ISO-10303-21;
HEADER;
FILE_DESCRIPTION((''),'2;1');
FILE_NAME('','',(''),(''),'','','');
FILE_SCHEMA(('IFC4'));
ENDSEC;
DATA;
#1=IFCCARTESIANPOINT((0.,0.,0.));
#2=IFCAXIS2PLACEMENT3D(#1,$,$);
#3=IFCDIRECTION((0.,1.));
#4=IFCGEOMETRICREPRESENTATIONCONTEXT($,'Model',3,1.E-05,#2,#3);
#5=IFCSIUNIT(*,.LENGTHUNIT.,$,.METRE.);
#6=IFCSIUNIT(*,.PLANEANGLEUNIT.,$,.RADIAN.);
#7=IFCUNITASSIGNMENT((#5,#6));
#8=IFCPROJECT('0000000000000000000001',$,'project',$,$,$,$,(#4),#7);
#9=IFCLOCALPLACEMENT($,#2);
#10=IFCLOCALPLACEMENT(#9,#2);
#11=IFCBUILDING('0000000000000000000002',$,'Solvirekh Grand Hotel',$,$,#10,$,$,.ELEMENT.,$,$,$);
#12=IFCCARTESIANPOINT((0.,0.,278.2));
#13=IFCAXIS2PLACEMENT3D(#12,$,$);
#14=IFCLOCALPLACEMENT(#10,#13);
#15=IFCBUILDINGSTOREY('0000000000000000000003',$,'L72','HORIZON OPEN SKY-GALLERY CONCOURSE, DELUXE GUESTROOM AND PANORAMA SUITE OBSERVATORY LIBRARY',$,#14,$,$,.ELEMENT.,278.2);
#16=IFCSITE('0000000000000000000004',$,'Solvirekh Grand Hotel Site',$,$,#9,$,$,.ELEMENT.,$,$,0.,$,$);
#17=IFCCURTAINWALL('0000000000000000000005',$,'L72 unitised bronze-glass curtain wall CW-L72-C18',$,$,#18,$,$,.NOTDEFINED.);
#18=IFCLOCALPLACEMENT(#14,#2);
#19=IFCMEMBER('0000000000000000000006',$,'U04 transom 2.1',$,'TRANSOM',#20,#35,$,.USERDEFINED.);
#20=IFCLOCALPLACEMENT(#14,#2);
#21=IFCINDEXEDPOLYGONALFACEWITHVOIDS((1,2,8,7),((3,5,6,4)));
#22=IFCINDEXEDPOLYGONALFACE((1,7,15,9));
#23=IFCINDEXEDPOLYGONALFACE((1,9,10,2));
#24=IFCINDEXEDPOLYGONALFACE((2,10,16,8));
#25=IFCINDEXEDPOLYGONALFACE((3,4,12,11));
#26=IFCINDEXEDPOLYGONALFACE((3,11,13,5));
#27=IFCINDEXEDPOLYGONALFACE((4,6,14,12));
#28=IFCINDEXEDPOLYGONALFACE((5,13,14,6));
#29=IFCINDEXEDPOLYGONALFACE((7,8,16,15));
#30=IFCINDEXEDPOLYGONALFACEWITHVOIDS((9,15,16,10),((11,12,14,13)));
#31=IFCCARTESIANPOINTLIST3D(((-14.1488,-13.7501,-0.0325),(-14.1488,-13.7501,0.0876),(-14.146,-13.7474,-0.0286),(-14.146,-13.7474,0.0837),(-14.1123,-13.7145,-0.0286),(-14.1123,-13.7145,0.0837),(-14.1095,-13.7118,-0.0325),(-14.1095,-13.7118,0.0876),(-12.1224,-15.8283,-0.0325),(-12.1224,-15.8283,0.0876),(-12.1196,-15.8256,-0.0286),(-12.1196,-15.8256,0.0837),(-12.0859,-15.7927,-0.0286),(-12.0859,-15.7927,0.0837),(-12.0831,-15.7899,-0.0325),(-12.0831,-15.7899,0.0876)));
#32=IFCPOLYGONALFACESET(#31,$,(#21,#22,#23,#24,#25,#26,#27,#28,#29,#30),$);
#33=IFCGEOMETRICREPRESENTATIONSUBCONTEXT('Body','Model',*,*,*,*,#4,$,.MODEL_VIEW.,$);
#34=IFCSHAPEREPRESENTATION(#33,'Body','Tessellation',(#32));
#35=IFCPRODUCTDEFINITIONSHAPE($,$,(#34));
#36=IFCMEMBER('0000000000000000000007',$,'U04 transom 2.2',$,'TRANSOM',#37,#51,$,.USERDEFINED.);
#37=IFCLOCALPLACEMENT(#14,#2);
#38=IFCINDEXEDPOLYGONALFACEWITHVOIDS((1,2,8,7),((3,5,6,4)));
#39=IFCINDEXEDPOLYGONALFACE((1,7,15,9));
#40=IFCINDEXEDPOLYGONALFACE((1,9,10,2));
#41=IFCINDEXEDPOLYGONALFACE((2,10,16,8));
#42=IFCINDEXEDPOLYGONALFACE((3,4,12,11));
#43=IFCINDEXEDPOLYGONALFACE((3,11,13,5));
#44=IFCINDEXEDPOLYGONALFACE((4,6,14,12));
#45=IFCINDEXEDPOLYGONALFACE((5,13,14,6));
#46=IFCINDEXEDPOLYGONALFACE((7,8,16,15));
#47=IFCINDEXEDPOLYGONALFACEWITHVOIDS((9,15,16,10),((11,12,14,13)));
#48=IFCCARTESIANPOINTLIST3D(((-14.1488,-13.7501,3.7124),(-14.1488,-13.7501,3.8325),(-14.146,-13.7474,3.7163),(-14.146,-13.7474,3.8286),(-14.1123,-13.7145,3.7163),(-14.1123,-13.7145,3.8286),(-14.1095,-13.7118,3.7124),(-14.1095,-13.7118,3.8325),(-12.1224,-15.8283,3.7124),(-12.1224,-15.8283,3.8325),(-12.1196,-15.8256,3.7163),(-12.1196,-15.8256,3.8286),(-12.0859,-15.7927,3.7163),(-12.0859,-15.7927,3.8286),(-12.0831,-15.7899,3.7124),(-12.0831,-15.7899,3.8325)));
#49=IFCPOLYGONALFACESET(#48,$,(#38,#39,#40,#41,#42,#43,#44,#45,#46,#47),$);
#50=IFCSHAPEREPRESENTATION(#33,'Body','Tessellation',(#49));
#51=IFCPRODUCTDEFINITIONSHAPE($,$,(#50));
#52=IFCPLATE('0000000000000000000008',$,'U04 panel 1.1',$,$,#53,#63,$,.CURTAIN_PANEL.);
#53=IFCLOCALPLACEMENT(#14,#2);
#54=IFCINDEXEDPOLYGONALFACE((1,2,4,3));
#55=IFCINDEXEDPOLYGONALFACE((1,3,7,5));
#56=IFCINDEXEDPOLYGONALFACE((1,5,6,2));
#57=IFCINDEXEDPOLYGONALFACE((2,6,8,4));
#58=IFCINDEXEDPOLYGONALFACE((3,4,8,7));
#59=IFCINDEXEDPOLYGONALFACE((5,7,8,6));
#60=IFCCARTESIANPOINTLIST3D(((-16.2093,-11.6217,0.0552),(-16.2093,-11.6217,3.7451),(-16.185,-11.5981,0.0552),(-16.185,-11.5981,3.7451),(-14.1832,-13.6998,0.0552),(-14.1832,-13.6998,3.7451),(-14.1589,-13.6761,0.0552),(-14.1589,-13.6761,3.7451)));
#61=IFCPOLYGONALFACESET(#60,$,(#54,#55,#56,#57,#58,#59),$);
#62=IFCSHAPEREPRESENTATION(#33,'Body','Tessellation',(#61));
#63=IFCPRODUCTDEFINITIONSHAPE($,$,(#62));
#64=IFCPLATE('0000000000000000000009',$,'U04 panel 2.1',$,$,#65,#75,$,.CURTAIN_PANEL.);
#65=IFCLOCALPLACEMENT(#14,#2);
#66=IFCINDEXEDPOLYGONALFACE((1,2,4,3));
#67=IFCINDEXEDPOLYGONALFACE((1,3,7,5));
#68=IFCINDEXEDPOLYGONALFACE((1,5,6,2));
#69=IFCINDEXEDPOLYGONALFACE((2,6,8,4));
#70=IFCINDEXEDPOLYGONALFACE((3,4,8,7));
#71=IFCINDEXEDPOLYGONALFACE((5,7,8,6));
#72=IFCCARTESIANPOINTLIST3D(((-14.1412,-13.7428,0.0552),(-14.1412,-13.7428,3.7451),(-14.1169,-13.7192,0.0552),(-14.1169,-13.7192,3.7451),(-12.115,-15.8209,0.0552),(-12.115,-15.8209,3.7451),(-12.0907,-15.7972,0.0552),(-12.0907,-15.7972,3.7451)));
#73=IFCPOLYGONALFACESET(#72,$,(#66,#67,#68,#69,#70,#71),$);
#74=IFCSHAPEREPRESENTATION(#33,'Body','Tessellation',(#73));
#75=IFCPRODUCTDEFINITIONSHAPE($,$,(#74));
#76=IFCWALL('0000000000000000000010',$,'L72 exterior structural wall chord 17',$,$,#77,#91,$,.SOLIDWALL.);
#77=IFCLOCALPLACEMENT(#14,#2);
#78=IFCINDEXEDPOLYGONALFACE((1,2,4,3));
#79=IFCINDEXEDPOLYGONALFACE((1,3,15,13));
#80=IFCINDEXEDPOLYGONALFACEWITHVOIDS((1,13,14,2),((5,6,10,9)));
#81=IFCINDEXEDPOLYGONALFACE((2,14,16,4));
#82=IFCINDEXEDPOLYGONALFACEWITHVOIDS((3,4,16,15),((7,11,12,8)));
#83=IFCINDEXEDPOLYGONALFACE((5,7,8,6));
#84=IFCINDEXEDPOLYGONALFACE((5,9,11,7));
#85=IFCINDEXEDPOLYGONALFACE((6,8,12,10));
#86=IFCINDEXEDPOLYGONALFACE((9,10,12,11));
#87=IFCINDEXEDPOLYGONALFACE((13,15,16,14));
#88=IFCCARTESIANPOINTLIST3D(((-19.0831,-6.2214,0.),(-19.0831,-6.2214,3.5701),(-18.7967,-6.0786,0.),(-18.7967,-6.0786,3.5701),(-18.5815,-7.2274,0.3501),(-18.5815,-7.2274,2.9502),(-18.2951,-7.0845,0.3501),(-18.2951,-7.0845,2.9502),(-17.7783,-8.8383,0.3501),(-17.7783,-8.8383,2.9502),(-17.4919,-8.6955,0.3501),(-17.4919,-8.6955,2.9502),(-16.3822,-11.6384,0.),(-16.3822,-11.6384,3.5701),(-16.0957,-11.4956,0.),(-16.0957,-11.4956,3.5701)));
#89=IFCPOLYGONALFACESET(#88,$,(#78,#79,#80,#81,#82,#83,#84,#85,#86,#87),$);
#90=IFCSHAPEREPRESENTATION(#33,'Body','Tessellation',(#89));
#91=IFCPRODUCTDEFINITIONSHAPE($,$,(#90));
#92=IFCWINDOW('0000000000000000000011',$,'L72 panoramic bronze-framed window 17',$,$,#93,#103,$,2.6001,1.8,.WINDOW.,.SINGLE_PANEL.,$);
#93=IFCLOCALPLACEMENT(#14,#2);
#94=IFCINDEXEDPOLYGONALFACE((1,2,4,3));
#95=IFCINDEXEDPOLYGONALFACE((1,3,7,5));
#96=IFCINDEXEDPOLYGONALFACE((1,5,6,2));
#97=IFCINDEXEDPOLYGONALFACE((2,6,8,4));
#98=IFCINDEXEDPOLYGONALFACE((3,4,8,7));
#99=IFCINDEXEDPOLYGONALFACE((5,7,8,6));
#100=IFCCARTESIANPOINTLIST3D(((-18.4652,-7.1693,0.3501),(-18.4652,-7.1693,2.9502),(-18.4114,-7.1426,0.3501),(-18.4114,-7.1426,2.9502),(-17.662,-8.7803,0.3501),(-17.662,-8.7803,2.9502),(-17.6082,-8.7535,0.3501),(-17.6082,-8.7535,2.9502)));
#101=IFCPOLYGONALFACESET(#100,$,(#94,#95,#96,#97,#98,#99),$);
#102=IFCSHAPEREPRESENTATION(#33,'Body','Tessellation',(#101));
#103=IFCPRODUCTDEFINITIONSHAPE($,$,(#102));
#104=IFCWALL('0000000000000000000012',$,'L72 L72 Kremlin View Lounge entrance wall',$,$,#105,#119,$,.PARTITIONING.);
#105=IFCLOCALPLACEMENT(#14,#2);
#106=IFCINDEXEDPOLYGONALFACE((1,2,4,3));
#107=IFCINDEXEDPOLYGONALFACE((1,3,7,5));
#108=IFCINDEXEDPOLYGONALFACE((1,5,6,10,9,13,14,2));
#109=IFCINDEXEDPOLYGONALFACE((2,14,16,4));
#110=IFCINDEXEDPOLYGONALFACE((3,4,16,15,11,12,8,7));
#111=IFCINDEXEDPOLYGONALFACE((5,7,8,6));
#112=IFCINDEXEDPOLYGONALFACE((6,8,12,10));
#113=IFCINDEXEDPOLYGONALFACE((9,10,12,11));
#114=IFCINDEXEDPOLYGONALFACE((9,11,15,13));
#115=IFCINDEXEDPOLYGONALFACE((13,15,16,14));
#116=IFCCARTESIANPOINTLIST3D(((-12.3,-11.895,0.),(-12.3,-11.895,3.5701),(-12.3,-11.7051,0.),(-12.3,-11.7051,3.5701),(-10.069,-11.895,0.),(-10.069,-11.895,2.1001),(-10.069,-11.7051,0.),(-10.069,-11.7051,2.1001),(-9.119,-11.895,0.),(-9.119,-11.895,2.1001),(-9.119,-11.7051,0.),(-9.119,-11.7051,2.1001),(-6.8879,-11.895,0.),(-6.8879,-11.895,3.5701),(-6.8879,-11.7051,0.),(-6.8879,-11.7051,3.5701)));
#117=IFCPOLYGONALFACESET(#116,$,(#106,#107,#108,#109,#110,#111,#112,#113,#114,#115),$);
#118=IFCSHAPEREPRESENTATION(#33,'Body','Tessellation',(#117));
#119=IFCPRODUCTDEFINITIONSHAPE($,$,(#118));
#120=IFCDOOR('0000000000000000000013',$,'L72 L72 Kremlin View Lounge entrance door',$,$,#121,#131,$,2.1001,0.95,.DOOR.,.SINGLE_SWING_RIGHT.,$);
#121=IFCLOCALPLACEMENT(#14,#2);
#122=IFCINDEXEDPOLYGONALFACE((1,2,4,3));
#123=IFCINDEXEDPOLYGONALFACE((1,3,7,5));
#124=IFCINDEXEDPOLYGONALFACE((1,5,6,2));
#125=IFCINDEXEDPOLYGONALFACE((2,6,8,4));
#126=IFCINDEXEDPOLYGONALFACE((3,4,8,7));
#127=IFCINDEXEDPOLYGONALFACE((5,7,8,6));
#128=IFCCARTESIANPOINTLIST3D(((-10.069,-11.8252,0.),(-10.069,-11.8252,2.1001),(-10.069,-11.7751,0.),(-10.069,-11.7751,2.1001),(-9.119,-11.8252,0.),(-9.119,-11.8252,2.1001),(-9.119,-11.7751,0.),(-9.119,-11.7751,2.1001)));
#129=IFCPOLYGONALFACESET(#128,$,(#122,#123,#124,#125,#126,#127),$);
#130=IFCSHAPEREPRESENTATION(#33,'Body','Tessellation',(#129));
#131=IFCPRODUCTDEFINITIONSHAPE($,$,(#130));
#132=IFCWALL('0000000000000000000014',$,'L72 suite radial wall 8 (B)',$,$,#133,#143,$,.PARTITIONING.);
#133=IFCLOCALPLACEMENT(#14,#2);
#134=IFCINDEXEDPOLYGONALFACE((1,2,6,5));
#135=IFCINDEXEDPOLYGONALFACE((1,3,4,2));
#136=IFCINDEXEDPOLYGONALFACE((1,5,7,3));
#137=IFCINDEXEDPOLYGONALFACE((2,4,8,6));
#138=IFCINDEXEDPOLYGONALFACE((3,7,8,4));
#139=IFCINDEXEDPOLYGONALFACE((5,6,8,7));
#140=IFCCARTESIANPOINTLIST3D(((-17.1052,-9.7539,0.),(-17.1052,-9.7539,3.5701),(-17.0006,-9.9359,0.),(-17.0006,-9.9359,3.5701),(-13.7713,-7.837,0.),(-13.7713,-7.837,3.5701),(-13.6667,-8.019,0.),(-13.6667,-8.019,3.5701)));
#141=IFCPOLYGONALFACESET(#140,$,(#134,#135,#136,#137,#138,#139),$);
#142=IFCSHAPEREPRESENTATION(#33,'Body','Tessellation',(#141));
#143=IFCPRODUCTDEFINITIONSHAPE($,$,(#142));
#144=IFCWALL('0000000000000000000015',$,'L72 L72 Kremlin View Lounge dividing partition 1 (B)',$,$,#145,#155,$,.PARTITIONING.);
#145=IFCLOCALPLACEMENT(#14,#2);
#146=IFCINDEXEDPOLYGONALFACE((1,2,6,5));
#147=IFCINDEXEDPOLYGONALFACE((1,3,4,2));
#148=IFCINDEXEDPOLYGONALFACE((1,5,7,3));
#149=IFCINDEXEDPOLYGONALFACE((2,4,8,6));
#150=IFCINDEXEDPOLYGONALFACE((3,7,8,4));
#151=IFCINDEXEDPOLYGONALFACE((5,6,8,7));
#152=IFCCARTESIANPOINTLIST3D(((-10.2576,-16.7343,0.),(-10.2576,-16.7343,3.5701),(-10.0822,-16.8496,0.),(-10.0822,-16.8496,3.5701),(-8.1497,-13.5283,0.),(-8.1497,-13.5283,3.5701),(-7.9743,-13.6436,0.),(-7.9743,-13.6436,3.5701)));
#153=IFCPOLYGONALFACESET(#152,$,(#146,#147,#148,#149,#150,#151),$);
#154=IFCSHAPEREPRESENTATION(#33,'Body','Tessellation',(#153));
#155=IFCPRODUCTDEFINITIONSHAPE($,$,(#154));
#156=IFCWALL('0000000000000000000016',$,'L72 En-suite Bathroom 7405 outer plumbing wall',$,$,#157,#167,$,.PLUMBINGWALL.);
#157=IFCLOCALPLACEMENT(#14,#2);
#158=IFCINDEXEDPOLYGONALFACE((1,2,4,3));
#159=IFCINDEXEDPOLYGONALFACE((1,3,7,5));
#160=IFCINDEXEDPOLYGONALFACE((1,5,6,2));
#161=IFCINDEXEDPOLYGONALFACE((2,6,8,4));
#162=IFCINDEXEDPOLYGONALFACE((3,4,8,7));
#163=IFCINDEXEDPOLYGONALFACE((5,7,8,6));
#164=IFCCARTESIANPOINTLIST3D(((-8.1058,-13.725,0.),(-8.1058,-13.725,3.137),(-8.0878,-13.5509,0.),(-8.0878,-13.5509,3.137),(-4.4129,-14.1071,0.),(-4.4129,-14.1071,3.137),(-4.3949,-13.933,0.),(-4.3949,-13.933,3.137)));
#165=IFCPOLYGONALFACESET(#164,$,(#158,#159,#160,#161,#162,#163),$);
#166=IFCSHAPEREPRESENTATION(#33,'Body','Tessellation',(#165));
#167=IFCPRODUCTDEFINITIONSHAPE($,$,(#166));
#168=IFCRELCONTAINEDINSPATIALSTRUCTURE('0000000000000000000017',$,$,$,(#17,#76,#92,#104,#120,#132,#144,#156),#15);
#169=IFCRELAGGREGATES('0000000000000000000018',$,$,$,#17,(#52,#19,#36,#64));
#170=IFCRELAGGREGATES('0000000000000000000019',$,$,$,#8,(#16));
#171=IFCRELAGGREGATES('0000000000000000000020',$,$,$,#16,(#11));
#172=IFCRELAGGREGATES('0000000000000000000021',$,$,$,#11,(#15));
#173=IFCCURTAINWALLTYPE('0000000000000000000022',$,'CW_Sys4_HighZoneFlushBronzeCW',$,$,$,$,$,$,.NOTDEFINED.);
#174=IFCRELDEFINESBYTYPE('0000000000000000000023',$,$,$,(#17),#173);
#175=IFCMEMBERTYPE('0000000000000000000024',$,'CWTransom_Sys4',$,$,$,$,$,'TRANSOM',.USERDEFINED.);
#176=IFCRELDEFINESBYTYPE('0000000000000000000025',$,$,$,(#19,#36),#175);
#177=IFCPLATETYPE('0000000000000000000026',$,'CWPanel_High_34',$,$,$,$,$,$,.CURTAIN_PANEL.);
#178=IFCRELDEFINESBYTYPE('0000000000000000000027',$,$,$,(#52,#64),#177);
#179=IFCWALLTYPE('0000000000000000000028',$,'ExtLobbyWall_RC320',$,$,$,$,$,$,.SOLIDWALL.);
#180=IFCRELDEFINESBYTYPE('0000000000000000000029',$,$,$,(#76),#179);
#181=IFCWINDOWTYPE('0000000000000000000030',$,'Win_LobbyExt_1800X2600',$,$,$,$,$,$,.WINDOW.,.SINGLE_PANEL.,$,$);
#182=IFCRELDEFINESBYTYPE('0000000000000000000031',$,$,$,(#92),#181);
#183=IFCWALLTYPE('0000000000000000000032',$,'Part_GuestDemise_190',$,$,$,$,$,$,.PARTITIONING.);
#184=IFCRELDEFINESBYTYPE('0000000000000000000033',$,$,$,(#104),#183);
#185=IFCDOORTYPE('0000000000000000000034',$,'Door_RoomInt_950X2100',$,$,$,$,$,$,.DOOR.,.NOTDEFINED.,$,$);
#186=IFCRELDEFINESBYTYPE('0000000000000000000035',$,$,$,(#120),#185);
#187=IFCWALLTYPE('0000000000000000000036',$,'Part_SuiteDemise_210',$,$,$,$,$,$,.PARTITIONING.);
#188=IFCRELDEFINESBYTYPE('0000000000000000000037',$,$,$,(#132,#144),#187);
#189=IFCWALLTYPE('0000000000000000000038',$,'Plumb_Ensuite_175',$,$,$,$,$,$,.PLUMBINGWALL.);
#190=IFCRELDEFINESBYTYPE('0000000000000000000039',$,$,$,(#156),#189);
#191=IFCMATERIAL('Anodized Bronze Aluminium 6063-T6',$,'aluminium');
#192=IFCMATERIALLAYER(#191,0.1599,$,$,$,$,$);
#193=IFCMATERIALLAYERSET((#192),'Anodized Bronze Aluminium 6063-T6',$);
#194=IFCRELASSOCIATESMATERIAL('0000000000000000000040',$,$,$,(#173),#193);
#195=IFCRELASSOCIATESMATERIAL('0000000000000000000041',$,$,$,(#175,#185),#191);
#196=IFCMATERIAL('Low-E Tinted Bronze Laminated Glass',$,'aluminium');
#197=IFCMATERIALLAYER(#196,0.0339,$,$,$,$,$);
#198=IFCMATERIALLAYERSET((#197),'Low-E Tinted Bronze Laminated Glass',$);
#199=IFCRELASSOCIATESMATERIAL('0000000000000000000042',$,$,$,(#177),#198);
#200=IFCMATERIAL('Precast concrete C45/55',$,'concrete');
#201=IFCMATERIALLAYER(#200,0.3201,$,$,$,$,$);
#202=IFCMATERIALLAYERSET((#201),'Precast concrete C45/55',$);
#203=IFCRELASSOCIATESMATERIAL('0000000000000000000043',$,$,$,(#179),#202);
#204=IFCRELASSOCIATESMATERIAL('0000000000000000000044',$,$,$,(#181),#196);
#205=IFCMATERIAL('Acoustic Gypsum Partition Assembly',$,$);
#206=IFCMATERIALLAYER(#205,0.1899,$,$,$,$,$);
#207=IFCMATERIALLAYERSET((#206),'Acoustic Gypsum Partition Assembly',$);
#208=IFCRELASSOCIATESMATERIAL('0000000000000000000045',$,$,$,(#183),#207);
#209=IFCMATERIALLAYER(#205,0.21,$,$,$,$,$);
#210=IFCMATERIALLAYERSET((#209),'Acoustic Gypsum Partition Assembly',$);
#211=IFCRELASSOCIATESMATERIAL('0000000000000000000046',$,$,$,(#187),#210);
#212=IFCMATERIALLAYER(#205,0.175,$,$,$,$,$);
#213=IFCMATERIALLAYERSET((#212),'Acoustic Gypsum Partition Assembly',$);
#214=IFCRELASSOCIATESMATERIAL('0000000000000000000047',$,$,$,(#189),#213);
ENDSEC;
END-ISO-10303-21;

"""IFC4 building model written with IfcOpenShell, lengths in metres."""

from ifc_helpers import new_model, si_unit, direction, frame, frame_2d, origin, origin_2d, place, context, subcontext, project, spatial, rectangle, hollow_rectangle, extrude, source, transform, mapped, material, layer, layer_set, material_profile, profile_set, type_object, element, fill, aggregate, save


model = new_model("IFC4")

# Units and contexts
model_context = context("Model", 3, precision=1e-05, world=origin(), true_north=direction((0.0, 1.0)))
body_context = subcontext(model_context, "Body", "Model", "MODEL_VIEW")
ifc_project = project(units=[si_unit("LENGTHUNIT", "METRE"), si_unit("PLANEANGLEUNIT", "RADIAN")], contexts=[model_context])

# Site, building, storey
site_placement = place(None, origin())
site = spatial("IfcSite", under=ifc_project, at=site_placement, Name="Solvirekh Grand Hotel Site", CompositionType="ELEMENT", RefElevation=0.0)
building_placement = place(site_placement, origin())
building = spatial("IfcBuilding", under=site, at=building_placement, Name="Solvirekh Grand Hotel", CompositionType="ELEMENT")
storey_placement = place(building_placement, frame((0.0, 0.0, 278.2)))
storey = spatial("IfcBuildingStorey", under=building, at=storey_placement, Name="L72", Description="HORIZON OPEN SKY-GALLERY CONCOURSE, DELUXE GUESTROOM AND PANORAMA SUITE OBSERVATORY LIBRARY", CompositionType="ELEMENT", Elevation=278.2)

# Curtain wall, members, plates
ifc_material_1 = material(Name="Anodized Bronze Aluminium 6063-T6", Category="aluminium")
ifc_layer_1 = layer(ifc_material_1, 0.1599)
ifc_layer_set_1 = layer_set([ifc_layer_1], Name="Anodized Bronze Aluminium 6063-T6")
curtain_wall_type = type_object("IfcCurtainWallType", Name="CW_Sys4_HighZoneFlushBronzeCW", PredefinedType="NOTDEFINED", material=ifc_layer_set_1)
curtain_wall_placement = place(storey_placement, origin())
curtain_wall = element("IfcCurtainWall", 1, at=curtain_wall_placement, inside=storey, type_object=curtain_wall_type, Name="L72 unitised bronze-glass curtain wall CW-L72-C18", PredefinedType="NOTDEFINED")
ifc_material_profile_1 = material_profile(ifc_material_1, hollow_rectangle(XDim=0.0549, YDim=0.1201, WallThickness=0.0039, at=origin_2d()), Name="ALU RHS 120X55X4")
ifc_profile_set_1 = profile_set([ifc_material_profile_1], Name="Anodized Bronze Aluminium 6063-T6")
member_type_1 = type_object("IfcMemberType", Name="CWTransom_Sys4", ElementType="TRANSOM", PredefinedType="USERDEFINED", material=ifc_profile_set_1)
shared_shape_1 = source(origin(), body_context, "Body", "SweptSolid", [
    extrude(hollow_rectangle(XDim=0.0549, YDim=0.1201, WallThickness=0.0039, at=origin_2d()), origin(), (0.0, 0.0, 1.0), 2.9026),
])
member_1_placement = place(storey_placement, frame((-14.1292, -13.731, 0.0276), z_axis=(0.698135, -0.715967, 0.0), x_axis=(0.715967, 0.698135, 0.0)))
member_1 = element("IfcMember", 2, at=member_1_placement, type_object=member_type_1, Name="U04 transom 2.1", ObjectType="TRANSOM", PredefinedType="USERDEFINED", context=body_context, shape_type="MappedRepresentation", body=[
    mapped(shared_shape_1, transform((0.0, 0.0, 0.0), x_axis=(1.0, 0.0, 0.0), y_axis=(0.0, 1.0, 0.0), z_axis=(0.0, 0.0, 1.0), scale=1.0)),
])
member_2_placement = place(storey_placement, frame((-14.1292, -13.731, 3.7725), z_axis=(0.698135, -0.715967, 0.0), x_axis=(0.715967, 0.698135, 0.0)))
member_2 = element("IfcMember", 3, at=member_2_placement, type_object=member_type_1, Name="U04 transom 2.2", ObjectType="TRANSOM", PredefinedType="USERDEFINED", context=body_context, shape_type="MappedRepresentation", body=[
    mapped(shared_shape_1, transform((0.0, 0.0, 0.0), x_axis=(1.0, 0.0, 0.0), y_axis=(0.0, 1.0, 0.0), z_axis=(0.0, 0.0, 1.0), scale=1.0)),
])
ifc_material_2 = material(Name="Low-E Tinted Bronze Laminated Glass", Category="aluminium")
ifc_layer_2 = layer(ifc_material_2, 0.0339)
ifc_layer_set_2 = layer_set([ifc_layer_2], Name="Low-E Tinted Bronze Laminated Glass")
plate_type = type_object("IfcPlateType", Name="CWPanel_High_34", PredefinedType="CURTAIN_PANEL", material=ifc_layer_set_2)
shared_shape_2 = source(origin(), body_context, "Body", "SweptSolid", [
    extrude(rectangle(XDim=2.9023, YDim=0.0339, at=origin_2d()), origin(), (0.0, 0.0, 1.0), 3.6899),
])
plate_1_placement = place(storey_placement, frame((-15.1841, -12.6489, 0.0552), z_axis=(0.0, 0.0, 1.0), x_axis=(0.698111, -0.71599, 0.0)))
plate_1 = element("IfcPlate", 4, at=plate_1_placement, type_object=plate_type, Name="U04 panel 1.1", PredefinedType="CURTAIN_PANEL", context=body_context, shape_type="MappedRepresentation", body=[
    mapped(shared_shape_2, transform((0.0, 0.0, 0.0), x_axis=(1.0, 0.0, 0.0), y_axis=(0.0, 1.0, 0.0), z_axis=(0.0, 0.0, 1.0), scale=1.0)),
])
plate_2_placement = place(storey_placement, frame((-13.116, -14.77, 0.0552), z_axis=(0.0, 0.0, 1.0), x_axis=(0.698111, -0.71599, 0.0)))
plate_2 = element("IfcPlate", 5, at=plate_2_placement, type_object=plate_type, Name="U04 panel 2.1", PredefinedType="CURTAIN_PANEL", context=body_context, shape_type="MappedRepresentation", body=[
    mapped(shared_shape_2, transform((0.0, 0.0, 0.0), x_axis=(1.0, 0.0, 0.0), y_axis=(0.0, 1.0, 0.0), z_axis=(0.0, 0.0, 1.0), scale=1.0)),
])
aggregate(curtain_wall, [plate_1, member_1, member_2, plate_2])

# Wall, opening, window
ifc_material_3 = material(Name="Precast concrete C45/55", Category="concrete")
ifc_layer_3 = layer(ifc_material_3, 0.3201)
ifc_layer_set_3 = layer_set([ifc_layer_3], Name="Precast concrete C45/55")
wall_type_1 = type_object("IfcWallType", Name="ExtLobbyWall_RC320", PredefinedType="SOLIDWALL", material=ifc_layer_set_3)
wall_1_placement = place(storey_placement, frame((-16.239, -11.5669, 0.0), z_axis=(0.0, 0.0, 1.0), x_axis=(-0.446213, 0.894927, 0.0)))
wall_1 = element("IfcWall", 6, at=wall_1_placement, inside=storey, type_object=wall_type_1, Name="L72 exterior structural wall chord 17", PredefinedType="SOLIDWALL", context=body_context, shape_type="SweptSolid", body=[
    extrude(rectangle(XDim=6.053, YDim=0.3201, at=frame_2d((3.0264, 0.0))), origin(), (0.0, 0.0, 1.0), 3.5701),
])
opening_1_placement = place(wall_1_placement, frame((3.1289, 0.0, 0.3501)))
opening_1 = element("IfcOpeningElement", 7, at=opening_1_placement, cuts=wall_1, PredefinedType="OPENING", context=body_context, shape_type="SweptSolid", body=[
    extrude(rectangle(XDim=1.8, YDim=2.6001, at=frame_2d((0.8999, 1.3))), frame((0.0, 0.1699, 0.0), z_axis=(0.0, -1.0, 0.0), x_axis=(1.0, 0.0, 0.0)), (0.0, 0.0, 1.0), 0.3401),
])
window_type = type_object("IfcWindowType", Name="Win_LobbyExt_1800X2600", PartitioningType="SINGLE_PANEL", PredefinedType="WINDOW", material=ifc_material_2)
window_placement = place(opening_1_placement, origin())
window = element("IfcWindow", 8, at=window_placement, inside=storey, type_object=window_type, Name="L72 panoramic bronze-framed window 17", OverallHeight=2.6001, OverallWidth=1.8, PartitioningType="SINGLE_PANEL", PredefinedType="WINDOW", context=body_context, shape_type="SweptSolid", body=[
    extrude(rectangle(XDim=1.8, YDim=2.6001, at=frame_2d((0.8999, 1.3))), frame((0.0, 0.03, 0.0), z_axis=(0.0, -1.0, 0.0), x_axis=(1.0, 0.0, 0.0)), (0.0, 0.0, 1.0), 0.0601),
])
fill(opening_1, window)

# Wall, opening, door
ifc_material_4 = material(Name="Acoustic Gypsum Partition Assembly")
ifc_layer_4 = layer(ifc_material_4, 0.1899)
ifc_layer_set_4 = layer_set([ifc_layer_4], Name="Acoustic Gypsum Partition Assembly")
wall_type_2 = type_object("IfcWallType", Name="Part_GuestDemise_190", PredefinedType="PARTITIONING", material=ifc_layer_set_4)
wall_2_placement = place(storey_placement, frame((-12.3, -11.8, 0.0), z_axis=(0.0, 0.0, 1.0), x_axis=(1.0, 0.0, 0.0)))
wall_2 = element("IfcWall", 9, at=wall_2_placement, inside=storey, type_object=wall_type_2, Name="L72 L72 Kremlin View Lounge entrance wall", PredefinedType="PARTITIONING", context=body_context, shape_type="SweptSolid", body=[
    extrude(rectangle(XDim=5.4121, YDim=0.1899, at=frame_2d((2.7061, 0.0))), origin(), (0.0, 0.0, 1.0), 3.5701),
])
opening_2_placement = place(wall_2_placement, frame((2.231, 0.0, 0.0)))
opening_2 = element("IfcOpeningElement", 10, at=opening_2_placement, cuts=wall_2, PredefinedType="OPENING", context=body_context, shape_type="SweptSolid", body=[
    extrude(rectangle(XDim=0.95, YDim=2.1001, at=frame_2d((0.4751, 1.05))), frame((0.0, 0.105, 0.0), z_axis=(0.0, -1.0, 0.0), x_axis=(1.0, 0.0, 0.0)), (0.0, 0.0, 1.0), 0.21),
])
door_type = type_object("IfcDoorType", Name="Door_RoomInt_950X2100", OperationType="NOTDEFINED", PredefinedType="DOOR", material=ifc_material_1)
door_placement = place(opening_2_placement, origin())
door = element("IfcDoor", 11, at=door_placement, inside=storey, type_object=door_type, Name="L72 L72 Kremlin View Lounge entrance door", OperationType="SINGLE_SWING_RIGHT", OverallHeight=2.1001, OverallWidth=0.95, PredefinedType="DOOR", context=body_context, shape_type="SweptSolid", body=[
    extrude(rectangle(XDim=0.95, YDim=2.1001, at=frame_2d((0.4751, 1.05))), frame((0.0, 0.0249, 0.0), z_axis=(0.0, -1.0, 0.0), x_axis=(1.0, 0.0, 0.0)), (0.0, 0.0, 1.0), 0.05),
])
fill(opening_2, door)

# Walls
ifc_layer_5 = layer(ifc_material_4, 0.21)
ifc_layer_set_5 = layer_set([ifc_layer_5], Name="Acoustic Gypsum Partition Assembly")
wall_type_3 = type_object("IfcWallType", Name="Part_SuiteDemise_210", PredefinedType="PARTITIONING", material=ifc_layer_set_5)
wall_3_placement = place(storey_placement, frame((-13.719, -7.928, 0.0), z_axis=(0.0, 0.0, 1.0), x_axis=(-0.866912, -0.498462, 0.0)))
element("IfcWall", 12, at=wall_3_placement, inside=storey, type_object=wall_type_3, Name="L72 suite radial wall 8 (B)", PredefinedType="PARTITIONING", context=body_context, shape_type="SweptSolid", body=[
    extrude(rectangle(XDim=3.8457, YDim=0.21, at=frame_2d((1.9229, 0.0))), origin(), (0.0, 0.0, 1.0), 3.5701),
])
wall_4_placement = place(storey_placement, frame((-8.062, -13.5859, 0.0), z_axis=(0.0, 0.0, 1.0), x_axis=(-0.549373, -0.835577, 0.0)))
element("IfcWall", 13, at=wall_4_placement, inside=storey, type_object=wall_type_3, Name="L72 L72 Kremlin View Lounge dividing partition 1 (B)", PredefinedType="PARTITIONING", context=body_context, shape_type="SweptSolid", body=[
    extrude(rectangle(XDim=3.8369, YDim=0.21, at=frame_2d((1.9185, 0.0))), origin(), (0.0, 0.0, 1.0), 3.5701),
])
ifc_layer_6 = layer(ifc_material_4, 0.175)
ifc_layer_set_6 = layer_set([ifc_layer_6], Name="Acoustic Gypsum Partition Assembly")
wall_type_4 = type_object("IfcWallType", Name="Plumb_Ensuite_175", PredefinedType="PLUMBINGWALL", material=ifc_layer_set_6)
wall_5_placement = place(storey_placement, frame((-8.0969, -13.6379, 0.0), z_axis=(0.0, 0.0, 1.0), x_axis=(0.99469, -0.102915, 0.0)))
element("IfcWall", 14, at=wall_5_placement, inside=storey, type_object=wall_type_4, Name="L72 En-suite Bathroom 7405 outer plumbing wall", PredefinedType="PLUMBINGWALL", context=body_context, shape_type="SweptSolid", body=[
    extrude(rectangle(XDim=3.7126, YDim=0.175, at=frame_2d((1.8564, 0.0))), origin(), (0.0, 0.0, 1.0), 3.137),
])

save(model, "model.ifc")
